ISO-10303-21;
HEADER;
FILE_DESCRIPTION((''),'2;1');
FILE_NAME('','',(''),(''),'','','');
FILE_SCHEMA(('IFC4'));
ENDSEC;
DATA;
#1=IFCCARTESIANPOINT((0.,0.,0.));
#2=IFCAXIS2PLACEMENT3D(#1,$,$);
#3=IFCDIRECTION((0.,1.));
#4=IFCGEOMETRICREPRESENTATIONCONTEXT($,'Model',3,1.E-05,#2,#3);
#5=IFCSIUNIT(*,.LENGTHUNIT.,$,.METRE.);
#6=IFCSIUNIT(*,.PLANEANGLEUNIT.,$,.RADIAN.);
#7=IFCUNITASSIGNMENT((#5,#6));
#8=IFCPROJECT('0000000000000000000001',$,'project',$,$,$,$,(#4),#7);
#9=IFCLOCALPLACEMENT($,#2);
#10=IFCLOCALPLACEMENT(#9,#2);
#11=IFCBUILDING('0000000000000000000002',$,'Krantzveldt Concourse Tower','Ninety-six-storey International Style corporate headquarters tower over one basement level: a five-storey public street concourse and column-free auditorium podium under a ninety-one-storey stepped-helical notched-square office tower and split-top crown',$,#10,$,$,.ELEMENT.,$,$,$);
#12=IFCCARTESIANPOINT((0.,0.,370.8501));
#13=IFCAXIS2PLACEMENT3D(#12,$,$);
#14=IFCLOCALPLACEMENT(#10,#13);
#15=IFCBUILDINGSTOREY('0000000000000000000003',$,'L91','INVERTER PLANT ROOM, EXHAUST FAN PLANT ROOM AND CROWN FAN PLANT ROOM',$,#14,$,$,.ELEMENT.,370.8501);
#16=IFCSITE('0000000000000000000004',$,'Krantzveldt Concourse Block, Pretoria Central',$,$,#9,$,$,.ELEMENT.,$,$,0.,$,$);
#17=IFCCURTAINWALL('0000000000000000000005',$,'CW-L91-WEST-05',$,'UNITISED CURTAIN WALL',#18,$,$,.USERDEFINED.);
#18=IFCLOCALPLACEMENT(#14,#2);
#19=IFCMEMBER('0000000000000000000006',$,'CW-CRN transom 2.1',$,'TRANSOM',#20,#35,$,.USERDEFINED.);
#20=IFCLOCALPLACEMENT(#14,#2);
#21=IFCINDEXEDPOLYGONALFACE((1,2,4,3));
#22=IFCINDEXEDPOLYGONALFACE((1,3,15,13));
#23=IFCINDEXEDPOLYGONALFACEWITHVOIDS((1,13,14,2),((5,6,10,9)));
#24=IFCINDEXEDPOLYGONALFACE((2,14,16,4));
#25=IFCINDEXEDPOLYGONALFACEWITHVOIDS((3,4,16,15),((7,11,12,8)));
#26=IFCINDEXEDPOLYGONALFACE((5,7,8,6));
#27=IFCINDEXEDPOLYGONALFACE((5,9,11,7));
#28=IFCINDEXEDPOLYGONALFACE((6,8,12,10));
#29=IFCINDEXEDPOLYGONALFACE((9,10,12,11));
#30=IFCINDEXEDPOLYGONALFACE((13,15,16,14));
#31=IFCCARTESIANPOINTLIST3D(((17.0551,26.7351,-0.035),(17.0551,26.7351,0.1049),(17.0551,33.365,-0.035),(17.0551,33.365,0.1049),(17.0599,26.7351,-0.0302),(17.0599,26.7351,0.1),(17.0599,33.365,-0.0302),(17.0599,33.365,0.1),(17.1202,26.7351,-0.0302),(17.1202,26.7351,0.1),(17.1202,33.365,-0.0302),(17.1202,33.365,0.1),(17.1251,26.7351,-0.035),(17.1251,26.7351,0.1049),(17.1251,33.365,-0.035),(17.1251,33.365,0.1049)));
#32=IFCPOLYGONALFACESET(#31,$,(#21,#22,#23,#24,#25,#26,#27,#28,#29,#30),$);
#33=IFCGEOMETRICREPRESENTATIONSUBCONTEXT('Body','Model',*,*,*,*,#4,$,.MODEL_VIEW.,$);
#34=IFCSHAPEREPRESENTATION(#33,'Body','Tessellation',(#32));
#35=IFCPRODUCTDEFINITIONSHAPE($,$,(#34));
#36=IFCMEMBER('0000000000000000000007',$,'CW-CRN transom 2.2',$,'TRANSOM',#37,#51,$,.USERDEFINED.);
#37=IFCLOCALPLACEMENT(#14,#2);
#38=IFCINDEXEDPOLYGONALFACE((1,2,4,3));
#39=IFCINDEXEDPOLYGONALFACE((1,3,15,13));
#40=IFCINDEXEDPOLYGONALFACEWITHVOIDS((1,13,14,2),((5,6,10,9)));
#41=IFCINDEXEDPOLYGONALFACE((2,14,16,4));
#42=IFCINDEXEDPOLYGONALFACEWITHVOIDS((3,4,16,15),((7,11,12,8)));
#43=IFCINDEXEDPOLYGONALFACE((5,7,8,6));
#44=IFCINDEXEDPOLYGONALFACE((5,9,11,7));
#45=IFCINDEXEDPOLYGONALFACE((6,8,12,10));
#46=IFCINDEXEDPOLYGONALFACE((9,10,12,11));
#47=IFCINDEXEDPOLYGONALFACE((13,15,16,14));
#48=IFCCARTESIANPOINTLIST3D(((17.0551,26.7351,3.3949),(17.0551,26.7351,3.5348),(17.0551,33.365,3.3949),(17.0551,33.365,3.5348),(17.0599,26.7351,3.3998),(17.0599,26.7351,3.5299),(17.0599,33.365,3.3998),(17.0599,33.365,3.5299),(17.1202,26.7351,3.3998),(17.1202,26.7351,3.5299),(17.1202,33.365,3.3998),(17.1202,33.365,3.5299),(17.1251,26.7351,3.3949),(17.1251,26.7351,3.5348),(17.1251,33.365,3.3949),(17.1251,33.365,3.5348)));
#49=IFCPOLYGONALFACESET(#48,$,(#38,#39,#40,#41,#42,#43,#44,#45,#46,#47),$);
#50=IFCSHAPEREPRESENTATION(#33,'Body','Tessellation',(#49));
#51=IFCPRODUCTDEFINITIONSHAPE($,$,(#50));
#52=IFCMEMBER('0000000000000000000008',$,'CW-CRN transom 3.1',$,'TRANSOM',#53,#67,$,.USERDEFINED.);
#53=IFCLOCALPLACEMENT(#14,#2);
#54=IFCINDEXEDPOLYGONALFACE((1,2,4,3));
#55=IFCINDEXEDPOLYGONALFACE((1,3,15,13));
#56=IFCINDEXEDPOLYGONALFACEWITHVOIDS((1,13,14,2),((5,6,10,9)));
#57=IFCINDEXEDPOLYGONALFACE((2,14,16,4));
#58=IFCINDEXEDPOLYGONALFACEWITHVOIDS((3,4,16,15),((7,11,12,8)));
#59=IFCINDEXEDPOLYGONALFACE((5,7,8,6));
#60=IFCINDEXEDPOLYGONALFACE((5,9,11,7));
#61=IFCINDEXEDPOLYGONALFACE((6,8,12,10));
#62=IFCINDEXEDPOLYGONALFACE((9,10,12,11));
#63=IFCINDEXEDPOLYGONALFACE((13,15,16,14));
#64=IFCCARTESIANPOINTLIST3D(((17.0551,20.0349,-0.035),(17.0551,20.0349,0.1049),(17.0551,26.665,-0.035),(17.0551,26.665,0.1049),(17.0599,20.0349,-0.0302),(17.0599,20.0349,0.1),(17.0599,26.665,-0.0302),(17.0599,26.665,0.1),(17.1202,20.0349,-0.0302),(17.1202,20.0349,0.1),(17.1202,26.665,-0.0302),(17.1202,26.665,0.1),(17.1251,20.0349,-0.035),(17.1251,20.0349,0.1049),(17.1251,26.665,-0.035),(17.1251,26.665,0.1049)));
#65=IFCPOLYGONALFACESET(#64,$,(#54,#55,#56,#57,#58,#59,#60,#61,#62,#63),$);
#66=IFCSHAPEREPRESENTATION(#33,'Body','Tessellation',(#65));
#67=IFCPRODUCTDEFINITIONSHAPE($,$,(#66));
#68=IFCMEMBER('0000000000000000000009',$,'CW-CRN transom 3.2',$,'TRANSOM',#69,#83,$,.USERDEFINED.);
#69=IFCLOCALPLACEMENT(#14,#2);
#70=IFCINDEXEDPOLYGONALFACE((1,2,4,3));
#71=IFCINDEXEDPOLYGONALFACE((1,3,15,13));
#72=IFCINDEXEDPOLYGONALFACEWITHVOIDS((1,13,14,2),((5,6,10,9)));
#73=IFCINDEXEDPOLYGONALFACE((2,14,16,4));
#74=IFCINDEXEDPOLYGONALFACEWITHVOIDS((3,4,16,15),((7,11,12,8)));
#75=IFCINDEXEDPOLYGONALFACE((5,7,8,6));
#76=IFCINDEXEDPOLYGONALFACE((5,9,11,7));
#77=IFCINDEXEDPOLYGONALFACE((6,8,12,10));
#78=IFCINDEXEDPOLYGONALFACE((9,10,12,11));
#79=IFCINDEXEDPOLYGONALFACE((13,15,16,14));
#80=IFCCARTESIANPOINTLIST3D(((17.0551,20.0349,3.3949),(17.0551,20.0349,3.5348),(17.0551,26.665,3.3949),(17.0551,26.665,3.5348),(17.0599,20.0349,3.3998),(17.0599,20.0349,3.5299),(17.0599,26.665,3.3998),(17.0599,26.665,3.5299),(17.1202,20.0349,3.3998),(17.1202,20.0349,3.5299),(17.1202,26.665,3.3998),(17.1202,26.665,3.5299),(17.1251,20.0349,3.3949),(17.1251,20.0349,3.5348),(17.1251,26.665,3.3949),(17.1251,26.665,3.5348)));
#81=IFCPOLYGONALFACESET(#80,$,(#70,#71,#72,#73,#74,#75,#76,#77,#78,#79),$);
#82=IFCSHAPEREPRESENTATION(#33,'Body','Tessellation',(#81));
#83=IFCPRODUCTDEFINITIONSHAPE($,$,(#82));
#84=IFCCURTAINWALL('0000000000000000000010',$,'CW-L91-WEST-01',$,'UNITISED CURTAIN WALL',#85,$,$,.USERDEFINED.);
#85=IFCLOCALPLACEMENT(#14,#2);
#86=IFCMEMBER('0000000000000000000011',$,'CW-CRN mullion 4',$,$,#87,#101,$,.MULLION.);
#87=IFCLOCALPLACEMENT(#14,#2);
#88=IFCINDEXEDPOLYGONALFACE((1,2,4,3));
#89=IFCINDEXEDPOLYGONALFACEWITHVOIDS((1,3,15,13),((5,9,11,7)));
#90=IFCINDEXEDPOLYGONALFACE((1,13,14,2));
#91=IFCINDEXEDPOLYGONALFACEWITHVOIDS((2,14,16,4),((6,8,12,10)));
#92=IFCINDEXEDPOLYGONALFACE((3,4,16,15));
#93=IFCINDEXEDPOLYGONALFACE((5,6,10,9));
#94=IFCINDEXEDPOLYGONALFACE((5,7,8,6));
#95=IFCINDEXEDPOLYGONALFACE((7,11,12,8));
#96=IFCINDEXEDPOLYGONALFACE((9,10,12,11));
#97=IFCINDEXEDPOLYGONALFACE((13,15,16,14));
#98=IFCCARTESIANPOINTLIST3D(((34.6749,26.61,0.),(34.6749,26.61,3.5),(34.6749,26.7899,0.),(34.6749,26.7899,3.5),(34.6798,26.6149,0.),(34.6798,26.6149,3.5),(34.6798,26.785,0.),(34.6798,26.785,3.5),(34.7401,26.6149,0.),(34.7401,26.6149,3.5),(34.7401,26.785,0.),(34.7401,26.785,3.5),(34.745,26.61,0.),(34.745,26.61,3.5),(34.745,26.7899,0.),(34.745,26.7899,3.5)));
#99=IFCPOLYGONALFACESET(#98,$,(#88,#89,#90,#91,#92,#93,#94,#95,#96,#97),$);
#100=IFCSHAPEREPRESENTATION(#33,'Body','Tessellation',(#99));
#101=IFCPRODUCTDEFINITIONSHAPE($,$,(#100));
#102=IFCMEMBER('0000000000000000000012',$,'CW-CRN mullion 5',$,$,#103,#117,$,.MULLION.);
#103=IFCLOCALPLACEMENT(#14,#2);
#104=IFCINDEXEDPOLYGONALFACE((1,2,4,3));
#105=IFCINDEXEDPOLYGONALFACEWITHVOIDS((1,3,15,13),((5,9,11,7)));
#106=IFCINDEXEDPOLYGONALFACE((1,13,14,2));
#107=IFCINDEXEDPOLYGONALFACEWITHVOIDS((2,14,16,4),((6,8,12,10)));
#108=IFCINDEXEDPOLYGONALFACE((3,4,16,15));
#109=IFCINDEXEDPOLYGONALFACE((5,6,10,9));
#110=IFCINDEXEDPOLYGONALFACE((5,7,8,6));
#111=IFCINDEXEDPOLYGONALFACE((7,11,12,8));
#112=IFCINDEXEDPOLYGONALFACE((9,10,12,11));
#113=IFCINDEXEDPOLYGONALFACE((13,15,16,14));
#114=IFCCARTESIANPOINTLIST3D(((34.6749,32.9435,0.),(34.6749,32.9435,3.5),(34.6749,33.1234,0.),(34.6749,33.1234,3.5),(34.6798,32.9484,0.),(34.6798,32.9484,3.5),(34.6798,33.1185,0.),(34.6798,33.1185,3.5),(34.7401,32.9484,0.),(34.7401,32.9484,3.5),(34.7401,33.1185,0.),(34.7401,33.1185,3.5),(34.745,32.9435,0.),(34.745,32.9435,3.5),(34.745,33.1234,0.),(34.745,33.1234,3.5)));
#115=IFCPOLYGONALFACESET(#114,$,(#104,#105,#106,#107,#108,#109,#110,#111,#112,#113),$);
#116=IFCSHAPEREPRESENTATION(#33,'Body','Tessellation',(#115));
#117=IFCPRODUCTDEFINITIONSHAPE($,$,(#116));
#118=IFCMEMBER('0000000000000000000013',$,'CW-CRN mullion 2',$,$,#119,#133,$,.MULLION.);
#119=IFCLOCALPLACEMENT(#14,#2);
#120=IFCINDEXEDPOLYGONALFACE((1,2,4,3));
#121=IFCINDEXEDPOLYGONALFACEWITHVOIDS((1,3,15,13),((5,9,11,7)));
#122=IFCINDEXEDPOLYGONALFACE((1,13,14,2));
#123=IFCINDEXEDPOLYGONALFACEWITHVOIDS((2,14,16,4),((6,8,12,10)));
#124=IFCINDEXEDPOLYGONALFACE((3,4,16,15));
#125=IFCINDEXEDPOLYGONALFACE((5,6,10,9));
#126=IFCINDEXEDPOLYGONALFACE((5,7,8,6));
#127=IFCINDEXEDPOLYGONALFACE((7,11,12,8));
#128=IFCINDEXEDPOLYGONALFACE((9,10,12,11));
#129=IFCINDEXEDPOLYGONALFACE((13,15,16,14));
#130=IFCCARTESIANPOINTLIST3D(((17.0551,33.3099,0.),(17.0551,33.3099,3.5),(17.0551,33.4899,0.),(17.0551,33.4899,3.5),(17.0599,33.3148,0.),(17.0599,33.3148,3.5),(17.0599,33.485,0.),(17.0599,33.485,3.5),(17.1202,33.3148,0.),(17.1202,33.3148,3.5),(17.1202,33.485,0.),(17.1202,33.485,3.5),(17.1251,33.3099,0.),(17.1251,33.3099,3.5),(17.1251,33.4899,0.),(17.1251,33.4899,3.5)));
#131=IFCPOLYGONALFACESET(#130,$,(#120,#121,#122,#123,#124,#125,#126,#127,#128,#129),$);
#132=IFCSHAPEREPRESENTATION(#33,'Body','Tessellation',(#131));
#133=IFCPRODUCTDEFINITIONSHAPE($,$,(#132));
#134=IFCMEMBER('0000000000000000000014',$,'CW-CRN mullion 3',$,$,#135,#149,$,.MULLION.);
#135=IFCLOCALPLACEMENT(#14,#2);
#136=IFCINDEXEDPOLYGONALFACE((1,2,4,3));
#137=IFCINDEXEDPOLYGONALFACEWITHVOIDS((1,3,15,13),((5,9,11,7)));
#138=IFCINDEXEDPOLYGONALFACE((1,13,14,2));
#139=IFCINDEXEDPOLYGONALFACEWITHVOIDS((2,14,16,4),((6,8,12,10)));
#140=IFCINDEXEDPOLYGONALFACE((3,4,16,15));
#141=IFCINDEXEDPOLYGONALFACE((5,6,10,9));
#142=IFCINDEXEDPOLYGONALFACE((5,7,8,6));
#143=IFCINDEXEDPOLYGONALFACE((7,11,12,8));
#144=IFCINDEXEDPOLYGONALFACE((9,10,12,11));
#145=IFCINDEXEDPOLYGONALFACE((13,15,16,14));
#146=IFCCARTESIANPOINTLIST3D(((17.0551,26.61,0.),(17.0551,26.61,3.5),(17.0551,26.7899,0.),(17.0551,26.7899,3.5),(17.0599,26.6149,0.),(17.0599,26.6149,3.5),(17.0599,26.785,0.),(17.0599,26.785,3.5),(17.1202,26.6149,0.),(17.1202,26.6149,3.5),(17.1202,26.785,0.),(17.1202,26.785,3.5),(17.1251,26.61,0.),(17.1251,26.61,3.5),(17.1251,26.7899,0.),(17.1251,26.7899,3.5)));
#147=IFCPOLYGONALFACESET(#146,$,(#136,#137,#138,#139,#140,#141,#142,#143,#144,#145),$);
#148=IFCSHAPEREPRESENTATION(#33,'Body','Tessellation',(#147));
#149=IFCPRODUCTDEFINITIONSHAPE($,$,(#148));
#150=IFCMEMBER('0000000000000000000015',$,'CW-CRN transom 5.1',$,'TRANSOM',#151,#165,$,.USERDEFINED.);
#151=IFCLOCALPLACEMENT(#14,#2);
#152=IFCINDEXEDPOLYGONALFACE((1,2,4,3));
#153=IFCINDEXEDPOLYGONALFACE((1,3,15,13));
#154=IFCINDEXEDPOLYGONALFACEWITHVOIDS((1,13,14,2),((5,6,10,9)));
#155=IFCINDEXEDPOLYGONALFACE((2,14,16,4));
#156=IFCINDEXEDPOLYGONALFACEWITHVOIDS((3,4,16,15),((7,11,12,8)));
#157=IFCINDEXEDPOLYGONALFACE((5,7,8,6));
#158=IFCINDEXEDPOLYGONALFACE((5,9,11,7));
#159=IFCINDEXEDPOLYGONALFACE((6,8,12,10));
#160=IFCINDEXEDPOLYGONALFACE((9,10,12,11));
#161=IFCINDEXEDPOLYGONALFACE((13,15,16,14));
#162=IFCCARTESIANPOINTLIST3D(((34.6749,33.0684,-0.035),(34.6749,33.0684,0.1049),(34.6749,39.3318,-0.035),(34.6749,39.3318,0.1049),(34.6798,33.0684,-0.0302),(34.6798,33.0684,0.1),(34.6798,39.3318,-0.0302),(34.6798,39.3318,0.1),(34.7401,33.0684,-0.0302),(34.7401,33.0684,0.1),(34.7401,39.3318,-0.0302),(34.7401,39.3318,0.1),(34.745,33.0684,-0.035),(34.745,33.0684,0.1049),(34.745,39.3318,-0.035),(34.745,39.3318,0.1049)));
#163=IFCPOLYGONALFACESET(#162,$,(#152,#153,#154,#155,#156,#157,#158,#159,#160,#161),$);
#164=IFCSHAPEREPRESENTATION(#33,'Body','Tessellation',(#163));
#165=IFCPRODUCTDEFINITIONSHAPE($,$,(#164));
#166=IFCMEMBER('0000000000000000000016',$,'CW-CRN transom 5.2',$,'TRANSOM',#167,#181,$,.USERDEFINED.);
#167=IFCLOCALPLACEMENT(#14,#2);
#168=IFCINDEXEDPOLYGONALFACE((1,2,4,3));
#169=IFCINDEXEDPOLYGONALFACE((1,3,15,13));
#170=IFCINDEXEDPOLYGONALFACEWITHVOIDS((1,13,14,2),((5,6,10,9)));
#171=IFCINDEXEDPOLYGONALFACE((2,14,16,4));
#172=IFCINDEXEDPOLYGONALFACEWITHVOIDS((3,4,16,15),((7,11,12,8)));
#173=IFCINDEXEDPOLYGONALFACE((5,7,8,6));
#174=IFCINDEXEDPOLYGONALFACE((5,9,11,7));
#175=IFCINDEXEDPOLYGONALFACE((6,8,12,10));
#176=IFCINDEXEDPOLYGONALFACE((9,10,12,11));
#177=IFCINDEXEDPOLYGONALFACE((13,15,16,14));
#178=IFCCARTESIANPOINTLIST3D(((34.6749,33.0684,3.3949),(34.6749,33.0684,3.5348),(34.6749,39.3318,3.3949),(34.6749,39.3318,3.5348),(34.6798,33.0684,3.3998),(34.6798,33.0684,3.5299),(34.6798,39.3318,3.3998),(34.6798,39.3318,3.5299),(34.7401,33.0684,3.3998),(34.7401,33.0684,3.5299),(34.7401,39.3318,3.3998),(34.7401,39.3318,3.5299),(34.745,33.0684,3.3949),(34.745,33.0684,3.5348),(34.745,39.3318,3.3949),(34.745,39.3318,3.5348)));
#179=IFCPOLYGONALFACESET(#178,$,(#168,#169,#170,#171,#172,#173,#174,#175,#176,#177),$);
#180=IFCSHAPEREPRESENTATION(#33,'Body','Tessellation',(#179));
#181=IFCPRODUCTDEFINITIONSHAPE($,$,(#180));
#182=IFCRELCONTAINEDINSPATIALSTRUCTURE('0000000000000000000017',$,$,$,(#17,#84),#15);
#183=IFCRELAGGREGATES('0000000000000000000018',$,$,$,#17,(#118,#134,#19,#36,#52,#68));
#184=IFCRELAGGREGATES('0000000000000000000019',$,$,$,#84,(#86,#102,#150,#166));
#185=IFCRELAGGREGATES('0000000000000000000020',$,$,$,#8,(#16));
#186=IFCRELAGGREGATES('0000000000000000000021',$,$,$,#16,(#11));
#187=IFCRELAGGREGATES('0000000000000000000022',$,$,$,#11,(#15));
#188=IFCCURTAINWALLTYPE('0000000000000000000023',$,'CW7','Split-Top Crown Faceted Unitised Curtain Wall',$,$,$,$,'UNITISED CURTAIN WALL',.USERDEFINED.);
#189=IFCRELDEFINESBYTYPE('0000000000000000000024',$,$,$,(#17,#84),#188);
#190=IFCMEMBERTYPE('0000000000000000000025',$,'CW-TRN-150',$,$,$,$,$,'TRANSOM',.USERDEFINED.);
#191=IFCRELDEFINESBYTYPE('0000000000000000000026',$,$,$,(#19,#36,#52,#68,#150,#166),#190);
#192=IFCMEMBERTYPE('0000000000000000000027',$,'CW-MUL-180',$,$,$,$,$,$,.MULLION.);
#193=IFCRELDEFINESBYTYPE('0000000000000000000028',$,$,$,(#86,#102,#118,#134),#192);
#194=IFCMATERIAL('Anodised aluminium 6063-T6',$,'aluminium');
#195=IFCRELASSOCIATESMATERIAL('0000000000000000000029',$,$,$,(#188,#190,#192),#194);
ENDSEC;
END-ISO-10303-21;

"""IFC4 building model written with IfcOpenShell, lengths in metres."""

from ifc_helpers import new_model, si_unit, direction, frame, origin, origin_2d, place, context, subcontext, project, spatial, hollow_rectangle, extrude, source, transform, mapped, material, material_profile, profile_set, type_object, type_shapes, element, aggregate, save


model = new_model("IFC4")

# Units and contexts
model_context = context("Model", 3, precision=1e-05, world=origin(), true_north=direction((0.0, 1.0)))
body_context = subcontext(model_context, "Body", "Model", "MODEL_VIEW")
ifc_project = project(units=[si_unit("LENGTHUNIT", "METRE"), si_unit("PLANEANGLEUNIT", "RADIAN")], contexts=[model_context])

# Site, building, storey
site_placement = place(None, origin())
site = spatial("IfcSite", under=ifc_project, at=site_placement, Name="Krantzveldt Concourse Block, Pretoria Central", CompositionType="ELEMENT", RefElevation=0.0)
building_placement = place(site_placement, origin())
building = spatial("IfcBuilding", under=site, at=building_placement, Name="Krantzveldt Concourse Tower", Description="Ninety-six-storey International Style corporate headquarters tower over one basement level: a five-storey public street concourse and column-free auditorium podium under a ninety-one-storey stepped-helical notched-square office tower and split-top crown", CompositionType="ELEMENT")
storey_placement = place(building_placement, frame((0.0, 0.0, 370.8501)))
storey = spatial("IfcBuildingStorey", under=building, at=storey_placement, Name="L91", Description="INVERTER PLANT ROOM, EXHAUST FAN PLANT ROOM AND CROWN FAN PLANT ROOM", CompositionType="ELEMENT", Elevation=370.8501)

# Curtain walls, members
ifc_material_1 = material(Name="Anodised aluminium 6063-T6", Category="aluminium")
curtain_wall_type = type_object("IfcCurtainWallType", Name="CW7", Description="Split-Top Crown Faceted Unitised Curtain Wall", ElementType="UNITISED CURTAIN WALL", PredefinedType="USERDEFINED", material=ifc_material_1)
curtain_wall_1_placement = place(storey_placement, origin())
curtain_wall_1 = element("IfcCurtainWall", 1, at=curtain_wall_1_placement, inside=storey, type_object=curtain_wall_type, Name="CW-L91-WEST-05", ObjectType="UNITISED CURTAIN WALL", PredefinedType="USERDEFINED")
ifc_material_profile_1 = material_profile(ifc_material_1, hollow_rectangle(XDim=0.0701, YDim=0.1399, WallThickness=0.0049, at=origin_2d()), Name="Anodised aluminium 6063-T6", Category="aluminium")
ifc_profile_set_1 = profile_set([ifc_material_profile_1], Name="Anodised aluminium 6063-T6 - ALU-TRAN 140x70x5")
member_type_1 = type_object("IfcMemberType", Name="CW-TRN-150", ElementType="TRANSOM", PredefinedType="USERDEFINED", material=ifc_profile_set_1)
shared_shape_1 = source(origin(), body_context, "Body", "SweptSolid", [
    extrude(hollow_rectangle(XDim=0.0701, YDim=0.1399, WallThickness=0.0049, at=origin_2d()), origin(), (0.0, 0.0, 1.0), 6.6299),
])
member_1_placement = place(storey_placement, frame((17.0901, 33.365, 0.0349), z_axis=(0.0, -1.0, 0.0), x_axis=(1.0, 0.0, 0.0)))
member_1 = element("IfcMember", 2, at=member_1_placement, type_object=member_type_1, Name="CW-CRN transom 2.1", ObjectType="TRANSOM", PredefinedType="USERDEFINED", context=body_context, shape_type="MappedRepresentation", body=[
    mapped(shared_shape_1, transform((0.0, 0.0, 0.0), x_axis=(1.0, 0.0, 0.0), y_axis=(0.0, 1.0, 0.0), z_axis=(0.0, 0.0, 1.0), scale=1.0)),
])
member_2_placement = place(storey_placement, frame((17.0901, 33.365, 3.4648), z_axis=(0.0, -1.0, 0.0), x_axis=(1.0, 0.0, 0.0)))
member_2 = element("IfcMember", 3, at=member_2_placement, type_object=member_type_1, Name="CW-CRN transom 2.2", ObjectType="TRANSOM", PredefinedType="USERDEFINED", context=body_context, shape_type="MappedRepresentation", body=[
    mapped(shared_shape_1, transform((0.0, 0.0, 0.0), x_axis=(1.0, 0.0, 0.0), y_axis=(0.0, 1.0, 0.0), z_axis=(0.0, 0.0, 1.0), scale=1.0)),
])
shared_shape_2 = source(origin(), body_context, "Body", "SweptSolid", [
    extrude(hollow_rectangle(XDim=0.0701, YDim=0.1399, WallThickness=0.0049, at=origin_2d()), origin(), (0.0, 0.0, 1.0), 6.6301),
])
member_3_placement = place(storey_placement, frame((17.0901, 26.665, 0.0349), z_axis=(0.0, -1.0, 0.0), x_axis=(1.0, 0.0, 0.0)))
member_3 = element("IfcMember", 4, at=member_3_placement, type_object=member_type_1, Name="CW-CRN transom 3.1", ObjectType="TRANSOM", PredefinedType="USERDEFINED", context=body_context, shape_type="MappedRepresentation", body=[
    mapped(shared_shape_2, transform((0.0, 0.0, 0.0), x_axis=(1.0, 0.0, 0.0), y_axis=(0.0, 1.0, 0.0), z_axis=(0.0, 0.0, 1.0), scale=1.0)),
])
member_4_placement = place(storey_placement, frame((17.0901, 26.665, 3.4648), z_axis=(0.0, -1.0, 0.0), x_axis=(1.0, 0.0, 0.0)))
member_4 = element("IfcMember", 5, at=member_4_placement, type_object=member_type_1, Name="CW-CRN transom 3.2", ObjectType="TRANSOM", PredefinedType="USERDEFINED", context=body_context, shape_type="MappedRepresentation", body=[
    mapped(shared_shape_2, transform((0.0, 0.0, 0.0), x_axis=(1.0, 0.0, 0.0), y_axis=(0.0, 1.0, 0.0), z_axis=(0.0, 0.0, 1.0), scale=1.0)),
])
curtain_wall_2_placement = place(storey_placement, origin())
curtain_wall_2 = element("IfcCurtainWall", 6, at=curtain_wall_2_placement, inside=storey, type_object=curtain_wall_type, Name="CW-L91-WEST-01", ObjectType="UNITISED CURTAIN WALL", PredefinedType="USERDEFINED")
ifc_material_profile_2 = material_profile(ifc_material_1, hollow_rectangle(XDim=0.0701, YDim=0.1799, WallThickness=0.0049, at=origin_2d()), Name="Anodised aluminium 6063-T6", Category="aluminium")
ifc_profile_set_2 = profile_set([ifc_material_profile_2], Name="Anodised aluminium 6063-T6 - ALU-MULL 180x70x5")
member_type_2 = type_object("IfcMemberType", Name="CW-MUL-180", PredefinedType="MULLION", material=ifc_profile_set_2)
shared_shape_3 = source(origin(), body_context, "Body", "SweptSolid", [
    extrude(hollow_rectangle(XDim=0.0701, YDim=0.1799, WallThickness=0.0049, at=origin_2d()), origin(), (0.0, 0.0, 1.0), 3.5),
])
type_shapes(member_type_2, [shared_shape_3])
member_5_placement = place(storey_placement, frame((34.71, 26.7, 0.0), z_axis=(0.0, 0.0, 1.0), x_axis=(-1.0, 0.0, 0.0)))
member_5 = element("IfcMember", 7, at=member_5_placement, type_object=member_type_2, Name="CW-CRN mullion 4", PredefinedType="MULLION", context=body_context, shape_type="MappedRepresentation", body=[
    mapped(shared_shape_3, transform((0.0, 0.0, 0.0), x_axis=(1.0, 0.0, 0.0), y_axis=(0.0, 1.0, 0.0), z_axis=(0.0, 0.0, 1.0), scale=1.0)),
])
member_6_placement = place(storey_placement, frame((34.71, 33.0334, 0.0), z_axis=(0.0, 0.0, 1.0), x_axis=(-1.0, 0.0, 0.0)))
member_6 = element("IfcMember", 8, at=member_6_placement, type_object=member_type_2, Name="CW-CRN mullion 5", PredefinedType="MULLION", context=body_context, shape_type="MappedRepresentation", body=[
    mapped(shared_shape_3, transform((0.0, 0.0, 0.0), x_axis=(1.0, 0.0, 0.0), y_axis=(0.0, 1.0, 0.0), z_axis=(0.0, 0.0, 1.0), scale=1.0)),
])

# Members
member_7_placement = place(storey_placement, frame((17.0901, 33.3999, 0.0), z_axis=(0.0, 0.0, 1.0), x_axis=(1.0, 0.0, 0.0)))
member_7 = element("IfcMember", 9, at=member_7_placement, type_object=member_type_2, Name="CW-CRN mullion 2", PredefinedType="MULLION", context=body_context, shape_type="MappedRepresentation", body=[
    mapped(shared_shape_3, transform((0.0, 0.0, 0.0), x_axis=(1.0, 0.0, 0.0), y_axis=(0.0, 1.0, 0.0), z_axis=(0.0, 0.0, 1.0), scale=1.0)),
])
member_8_placement = place(storey_placement, frame((17.0901, 26.7, 0.0), z_axis=(0.0, 0.0, 1.0), x_axis=(1.0, 0.0, 0.0)))
member_8 = element("IfcMember", 10, at=member_8_placement, type_object=member_type_2, Name="CW-CRN mullion 3", PredefinedType="MULLION", context=body_context, shape_type="MappedRepresentation", body=[
    mapped(shared_shape_3, transform((0.0, 0.0, 0.0), x_axis=(1.0, 0.0, 0.0), y_axis=(0.0, 1.0, 0.0), z_axis=(0.0, 0.0, 1.0), scale=1.0)),
])
shared_shape_4 = source(origin(), body_context, "Body", "SweptSolid", [
    extrude(hollow_rectangle(XDim=0.0701, YDim=0.1399, WallThickness=0.0049, at=origin_2d()), origin(), (0.0, 0.0, 1.0), 6.2634),
])
member_9_placement = place(storey_placement, frame((34.71, 33.0684, 0.0349), z_axis=(0.0, 1.0, 0.0), x_axis=(-1.0, 0.0, 0.0)))
member_9 = element("IfcMember", 11, at=member_9_placement, type_object=member_type_1, Name="CW-CRN transom 5.1", ObjectType="TRANSOM", PredefinedType="USERDEFINED", context=body_context, shape_type="MappedRepresentation", body=[
    mapped(shared_shape_4, transform((0.0, 0.0, 0.0), x_axis=(1.0, 0.0, 0.0), y_axis=(0.0, 1.0, 0.0), z_axis=(0.0, 0.0, 1.0), scale=1.0)),
])
member_10_placement = place(storey_placement, frame((34.71, 33.0684, 3.4648), z_axis=(0.0, 1.0, 0.0), x_axis=(-1.0, 0.0, 0.0)))
member_10 = element("IfcMember", 12, at=member_10_placement, type_object=member_type_1, Name="CW-CRN transom 5.2", ObjectType="TRANSOM", PredefinedType="USERDEFINED", context=body_context, shape_type="MappedRepresentation", body=[
    mapped(shared_shape_4, transform((0.0, 0.0, 0.0), x_axis=(1.0, 0.0, 0.0), y_axis=(0.0, 1.0, 0.0), z_axis=(0.0, 0.0, 1.0), scale=1.0)),
])

aggregate(curtain_wall_1, [member_7, member_8, member_1, member_2, member_3, member_4])
aggregate(curtain_wall_2, [member_5, member_6, member_9, member_10])

save(model, "model.ifc")
